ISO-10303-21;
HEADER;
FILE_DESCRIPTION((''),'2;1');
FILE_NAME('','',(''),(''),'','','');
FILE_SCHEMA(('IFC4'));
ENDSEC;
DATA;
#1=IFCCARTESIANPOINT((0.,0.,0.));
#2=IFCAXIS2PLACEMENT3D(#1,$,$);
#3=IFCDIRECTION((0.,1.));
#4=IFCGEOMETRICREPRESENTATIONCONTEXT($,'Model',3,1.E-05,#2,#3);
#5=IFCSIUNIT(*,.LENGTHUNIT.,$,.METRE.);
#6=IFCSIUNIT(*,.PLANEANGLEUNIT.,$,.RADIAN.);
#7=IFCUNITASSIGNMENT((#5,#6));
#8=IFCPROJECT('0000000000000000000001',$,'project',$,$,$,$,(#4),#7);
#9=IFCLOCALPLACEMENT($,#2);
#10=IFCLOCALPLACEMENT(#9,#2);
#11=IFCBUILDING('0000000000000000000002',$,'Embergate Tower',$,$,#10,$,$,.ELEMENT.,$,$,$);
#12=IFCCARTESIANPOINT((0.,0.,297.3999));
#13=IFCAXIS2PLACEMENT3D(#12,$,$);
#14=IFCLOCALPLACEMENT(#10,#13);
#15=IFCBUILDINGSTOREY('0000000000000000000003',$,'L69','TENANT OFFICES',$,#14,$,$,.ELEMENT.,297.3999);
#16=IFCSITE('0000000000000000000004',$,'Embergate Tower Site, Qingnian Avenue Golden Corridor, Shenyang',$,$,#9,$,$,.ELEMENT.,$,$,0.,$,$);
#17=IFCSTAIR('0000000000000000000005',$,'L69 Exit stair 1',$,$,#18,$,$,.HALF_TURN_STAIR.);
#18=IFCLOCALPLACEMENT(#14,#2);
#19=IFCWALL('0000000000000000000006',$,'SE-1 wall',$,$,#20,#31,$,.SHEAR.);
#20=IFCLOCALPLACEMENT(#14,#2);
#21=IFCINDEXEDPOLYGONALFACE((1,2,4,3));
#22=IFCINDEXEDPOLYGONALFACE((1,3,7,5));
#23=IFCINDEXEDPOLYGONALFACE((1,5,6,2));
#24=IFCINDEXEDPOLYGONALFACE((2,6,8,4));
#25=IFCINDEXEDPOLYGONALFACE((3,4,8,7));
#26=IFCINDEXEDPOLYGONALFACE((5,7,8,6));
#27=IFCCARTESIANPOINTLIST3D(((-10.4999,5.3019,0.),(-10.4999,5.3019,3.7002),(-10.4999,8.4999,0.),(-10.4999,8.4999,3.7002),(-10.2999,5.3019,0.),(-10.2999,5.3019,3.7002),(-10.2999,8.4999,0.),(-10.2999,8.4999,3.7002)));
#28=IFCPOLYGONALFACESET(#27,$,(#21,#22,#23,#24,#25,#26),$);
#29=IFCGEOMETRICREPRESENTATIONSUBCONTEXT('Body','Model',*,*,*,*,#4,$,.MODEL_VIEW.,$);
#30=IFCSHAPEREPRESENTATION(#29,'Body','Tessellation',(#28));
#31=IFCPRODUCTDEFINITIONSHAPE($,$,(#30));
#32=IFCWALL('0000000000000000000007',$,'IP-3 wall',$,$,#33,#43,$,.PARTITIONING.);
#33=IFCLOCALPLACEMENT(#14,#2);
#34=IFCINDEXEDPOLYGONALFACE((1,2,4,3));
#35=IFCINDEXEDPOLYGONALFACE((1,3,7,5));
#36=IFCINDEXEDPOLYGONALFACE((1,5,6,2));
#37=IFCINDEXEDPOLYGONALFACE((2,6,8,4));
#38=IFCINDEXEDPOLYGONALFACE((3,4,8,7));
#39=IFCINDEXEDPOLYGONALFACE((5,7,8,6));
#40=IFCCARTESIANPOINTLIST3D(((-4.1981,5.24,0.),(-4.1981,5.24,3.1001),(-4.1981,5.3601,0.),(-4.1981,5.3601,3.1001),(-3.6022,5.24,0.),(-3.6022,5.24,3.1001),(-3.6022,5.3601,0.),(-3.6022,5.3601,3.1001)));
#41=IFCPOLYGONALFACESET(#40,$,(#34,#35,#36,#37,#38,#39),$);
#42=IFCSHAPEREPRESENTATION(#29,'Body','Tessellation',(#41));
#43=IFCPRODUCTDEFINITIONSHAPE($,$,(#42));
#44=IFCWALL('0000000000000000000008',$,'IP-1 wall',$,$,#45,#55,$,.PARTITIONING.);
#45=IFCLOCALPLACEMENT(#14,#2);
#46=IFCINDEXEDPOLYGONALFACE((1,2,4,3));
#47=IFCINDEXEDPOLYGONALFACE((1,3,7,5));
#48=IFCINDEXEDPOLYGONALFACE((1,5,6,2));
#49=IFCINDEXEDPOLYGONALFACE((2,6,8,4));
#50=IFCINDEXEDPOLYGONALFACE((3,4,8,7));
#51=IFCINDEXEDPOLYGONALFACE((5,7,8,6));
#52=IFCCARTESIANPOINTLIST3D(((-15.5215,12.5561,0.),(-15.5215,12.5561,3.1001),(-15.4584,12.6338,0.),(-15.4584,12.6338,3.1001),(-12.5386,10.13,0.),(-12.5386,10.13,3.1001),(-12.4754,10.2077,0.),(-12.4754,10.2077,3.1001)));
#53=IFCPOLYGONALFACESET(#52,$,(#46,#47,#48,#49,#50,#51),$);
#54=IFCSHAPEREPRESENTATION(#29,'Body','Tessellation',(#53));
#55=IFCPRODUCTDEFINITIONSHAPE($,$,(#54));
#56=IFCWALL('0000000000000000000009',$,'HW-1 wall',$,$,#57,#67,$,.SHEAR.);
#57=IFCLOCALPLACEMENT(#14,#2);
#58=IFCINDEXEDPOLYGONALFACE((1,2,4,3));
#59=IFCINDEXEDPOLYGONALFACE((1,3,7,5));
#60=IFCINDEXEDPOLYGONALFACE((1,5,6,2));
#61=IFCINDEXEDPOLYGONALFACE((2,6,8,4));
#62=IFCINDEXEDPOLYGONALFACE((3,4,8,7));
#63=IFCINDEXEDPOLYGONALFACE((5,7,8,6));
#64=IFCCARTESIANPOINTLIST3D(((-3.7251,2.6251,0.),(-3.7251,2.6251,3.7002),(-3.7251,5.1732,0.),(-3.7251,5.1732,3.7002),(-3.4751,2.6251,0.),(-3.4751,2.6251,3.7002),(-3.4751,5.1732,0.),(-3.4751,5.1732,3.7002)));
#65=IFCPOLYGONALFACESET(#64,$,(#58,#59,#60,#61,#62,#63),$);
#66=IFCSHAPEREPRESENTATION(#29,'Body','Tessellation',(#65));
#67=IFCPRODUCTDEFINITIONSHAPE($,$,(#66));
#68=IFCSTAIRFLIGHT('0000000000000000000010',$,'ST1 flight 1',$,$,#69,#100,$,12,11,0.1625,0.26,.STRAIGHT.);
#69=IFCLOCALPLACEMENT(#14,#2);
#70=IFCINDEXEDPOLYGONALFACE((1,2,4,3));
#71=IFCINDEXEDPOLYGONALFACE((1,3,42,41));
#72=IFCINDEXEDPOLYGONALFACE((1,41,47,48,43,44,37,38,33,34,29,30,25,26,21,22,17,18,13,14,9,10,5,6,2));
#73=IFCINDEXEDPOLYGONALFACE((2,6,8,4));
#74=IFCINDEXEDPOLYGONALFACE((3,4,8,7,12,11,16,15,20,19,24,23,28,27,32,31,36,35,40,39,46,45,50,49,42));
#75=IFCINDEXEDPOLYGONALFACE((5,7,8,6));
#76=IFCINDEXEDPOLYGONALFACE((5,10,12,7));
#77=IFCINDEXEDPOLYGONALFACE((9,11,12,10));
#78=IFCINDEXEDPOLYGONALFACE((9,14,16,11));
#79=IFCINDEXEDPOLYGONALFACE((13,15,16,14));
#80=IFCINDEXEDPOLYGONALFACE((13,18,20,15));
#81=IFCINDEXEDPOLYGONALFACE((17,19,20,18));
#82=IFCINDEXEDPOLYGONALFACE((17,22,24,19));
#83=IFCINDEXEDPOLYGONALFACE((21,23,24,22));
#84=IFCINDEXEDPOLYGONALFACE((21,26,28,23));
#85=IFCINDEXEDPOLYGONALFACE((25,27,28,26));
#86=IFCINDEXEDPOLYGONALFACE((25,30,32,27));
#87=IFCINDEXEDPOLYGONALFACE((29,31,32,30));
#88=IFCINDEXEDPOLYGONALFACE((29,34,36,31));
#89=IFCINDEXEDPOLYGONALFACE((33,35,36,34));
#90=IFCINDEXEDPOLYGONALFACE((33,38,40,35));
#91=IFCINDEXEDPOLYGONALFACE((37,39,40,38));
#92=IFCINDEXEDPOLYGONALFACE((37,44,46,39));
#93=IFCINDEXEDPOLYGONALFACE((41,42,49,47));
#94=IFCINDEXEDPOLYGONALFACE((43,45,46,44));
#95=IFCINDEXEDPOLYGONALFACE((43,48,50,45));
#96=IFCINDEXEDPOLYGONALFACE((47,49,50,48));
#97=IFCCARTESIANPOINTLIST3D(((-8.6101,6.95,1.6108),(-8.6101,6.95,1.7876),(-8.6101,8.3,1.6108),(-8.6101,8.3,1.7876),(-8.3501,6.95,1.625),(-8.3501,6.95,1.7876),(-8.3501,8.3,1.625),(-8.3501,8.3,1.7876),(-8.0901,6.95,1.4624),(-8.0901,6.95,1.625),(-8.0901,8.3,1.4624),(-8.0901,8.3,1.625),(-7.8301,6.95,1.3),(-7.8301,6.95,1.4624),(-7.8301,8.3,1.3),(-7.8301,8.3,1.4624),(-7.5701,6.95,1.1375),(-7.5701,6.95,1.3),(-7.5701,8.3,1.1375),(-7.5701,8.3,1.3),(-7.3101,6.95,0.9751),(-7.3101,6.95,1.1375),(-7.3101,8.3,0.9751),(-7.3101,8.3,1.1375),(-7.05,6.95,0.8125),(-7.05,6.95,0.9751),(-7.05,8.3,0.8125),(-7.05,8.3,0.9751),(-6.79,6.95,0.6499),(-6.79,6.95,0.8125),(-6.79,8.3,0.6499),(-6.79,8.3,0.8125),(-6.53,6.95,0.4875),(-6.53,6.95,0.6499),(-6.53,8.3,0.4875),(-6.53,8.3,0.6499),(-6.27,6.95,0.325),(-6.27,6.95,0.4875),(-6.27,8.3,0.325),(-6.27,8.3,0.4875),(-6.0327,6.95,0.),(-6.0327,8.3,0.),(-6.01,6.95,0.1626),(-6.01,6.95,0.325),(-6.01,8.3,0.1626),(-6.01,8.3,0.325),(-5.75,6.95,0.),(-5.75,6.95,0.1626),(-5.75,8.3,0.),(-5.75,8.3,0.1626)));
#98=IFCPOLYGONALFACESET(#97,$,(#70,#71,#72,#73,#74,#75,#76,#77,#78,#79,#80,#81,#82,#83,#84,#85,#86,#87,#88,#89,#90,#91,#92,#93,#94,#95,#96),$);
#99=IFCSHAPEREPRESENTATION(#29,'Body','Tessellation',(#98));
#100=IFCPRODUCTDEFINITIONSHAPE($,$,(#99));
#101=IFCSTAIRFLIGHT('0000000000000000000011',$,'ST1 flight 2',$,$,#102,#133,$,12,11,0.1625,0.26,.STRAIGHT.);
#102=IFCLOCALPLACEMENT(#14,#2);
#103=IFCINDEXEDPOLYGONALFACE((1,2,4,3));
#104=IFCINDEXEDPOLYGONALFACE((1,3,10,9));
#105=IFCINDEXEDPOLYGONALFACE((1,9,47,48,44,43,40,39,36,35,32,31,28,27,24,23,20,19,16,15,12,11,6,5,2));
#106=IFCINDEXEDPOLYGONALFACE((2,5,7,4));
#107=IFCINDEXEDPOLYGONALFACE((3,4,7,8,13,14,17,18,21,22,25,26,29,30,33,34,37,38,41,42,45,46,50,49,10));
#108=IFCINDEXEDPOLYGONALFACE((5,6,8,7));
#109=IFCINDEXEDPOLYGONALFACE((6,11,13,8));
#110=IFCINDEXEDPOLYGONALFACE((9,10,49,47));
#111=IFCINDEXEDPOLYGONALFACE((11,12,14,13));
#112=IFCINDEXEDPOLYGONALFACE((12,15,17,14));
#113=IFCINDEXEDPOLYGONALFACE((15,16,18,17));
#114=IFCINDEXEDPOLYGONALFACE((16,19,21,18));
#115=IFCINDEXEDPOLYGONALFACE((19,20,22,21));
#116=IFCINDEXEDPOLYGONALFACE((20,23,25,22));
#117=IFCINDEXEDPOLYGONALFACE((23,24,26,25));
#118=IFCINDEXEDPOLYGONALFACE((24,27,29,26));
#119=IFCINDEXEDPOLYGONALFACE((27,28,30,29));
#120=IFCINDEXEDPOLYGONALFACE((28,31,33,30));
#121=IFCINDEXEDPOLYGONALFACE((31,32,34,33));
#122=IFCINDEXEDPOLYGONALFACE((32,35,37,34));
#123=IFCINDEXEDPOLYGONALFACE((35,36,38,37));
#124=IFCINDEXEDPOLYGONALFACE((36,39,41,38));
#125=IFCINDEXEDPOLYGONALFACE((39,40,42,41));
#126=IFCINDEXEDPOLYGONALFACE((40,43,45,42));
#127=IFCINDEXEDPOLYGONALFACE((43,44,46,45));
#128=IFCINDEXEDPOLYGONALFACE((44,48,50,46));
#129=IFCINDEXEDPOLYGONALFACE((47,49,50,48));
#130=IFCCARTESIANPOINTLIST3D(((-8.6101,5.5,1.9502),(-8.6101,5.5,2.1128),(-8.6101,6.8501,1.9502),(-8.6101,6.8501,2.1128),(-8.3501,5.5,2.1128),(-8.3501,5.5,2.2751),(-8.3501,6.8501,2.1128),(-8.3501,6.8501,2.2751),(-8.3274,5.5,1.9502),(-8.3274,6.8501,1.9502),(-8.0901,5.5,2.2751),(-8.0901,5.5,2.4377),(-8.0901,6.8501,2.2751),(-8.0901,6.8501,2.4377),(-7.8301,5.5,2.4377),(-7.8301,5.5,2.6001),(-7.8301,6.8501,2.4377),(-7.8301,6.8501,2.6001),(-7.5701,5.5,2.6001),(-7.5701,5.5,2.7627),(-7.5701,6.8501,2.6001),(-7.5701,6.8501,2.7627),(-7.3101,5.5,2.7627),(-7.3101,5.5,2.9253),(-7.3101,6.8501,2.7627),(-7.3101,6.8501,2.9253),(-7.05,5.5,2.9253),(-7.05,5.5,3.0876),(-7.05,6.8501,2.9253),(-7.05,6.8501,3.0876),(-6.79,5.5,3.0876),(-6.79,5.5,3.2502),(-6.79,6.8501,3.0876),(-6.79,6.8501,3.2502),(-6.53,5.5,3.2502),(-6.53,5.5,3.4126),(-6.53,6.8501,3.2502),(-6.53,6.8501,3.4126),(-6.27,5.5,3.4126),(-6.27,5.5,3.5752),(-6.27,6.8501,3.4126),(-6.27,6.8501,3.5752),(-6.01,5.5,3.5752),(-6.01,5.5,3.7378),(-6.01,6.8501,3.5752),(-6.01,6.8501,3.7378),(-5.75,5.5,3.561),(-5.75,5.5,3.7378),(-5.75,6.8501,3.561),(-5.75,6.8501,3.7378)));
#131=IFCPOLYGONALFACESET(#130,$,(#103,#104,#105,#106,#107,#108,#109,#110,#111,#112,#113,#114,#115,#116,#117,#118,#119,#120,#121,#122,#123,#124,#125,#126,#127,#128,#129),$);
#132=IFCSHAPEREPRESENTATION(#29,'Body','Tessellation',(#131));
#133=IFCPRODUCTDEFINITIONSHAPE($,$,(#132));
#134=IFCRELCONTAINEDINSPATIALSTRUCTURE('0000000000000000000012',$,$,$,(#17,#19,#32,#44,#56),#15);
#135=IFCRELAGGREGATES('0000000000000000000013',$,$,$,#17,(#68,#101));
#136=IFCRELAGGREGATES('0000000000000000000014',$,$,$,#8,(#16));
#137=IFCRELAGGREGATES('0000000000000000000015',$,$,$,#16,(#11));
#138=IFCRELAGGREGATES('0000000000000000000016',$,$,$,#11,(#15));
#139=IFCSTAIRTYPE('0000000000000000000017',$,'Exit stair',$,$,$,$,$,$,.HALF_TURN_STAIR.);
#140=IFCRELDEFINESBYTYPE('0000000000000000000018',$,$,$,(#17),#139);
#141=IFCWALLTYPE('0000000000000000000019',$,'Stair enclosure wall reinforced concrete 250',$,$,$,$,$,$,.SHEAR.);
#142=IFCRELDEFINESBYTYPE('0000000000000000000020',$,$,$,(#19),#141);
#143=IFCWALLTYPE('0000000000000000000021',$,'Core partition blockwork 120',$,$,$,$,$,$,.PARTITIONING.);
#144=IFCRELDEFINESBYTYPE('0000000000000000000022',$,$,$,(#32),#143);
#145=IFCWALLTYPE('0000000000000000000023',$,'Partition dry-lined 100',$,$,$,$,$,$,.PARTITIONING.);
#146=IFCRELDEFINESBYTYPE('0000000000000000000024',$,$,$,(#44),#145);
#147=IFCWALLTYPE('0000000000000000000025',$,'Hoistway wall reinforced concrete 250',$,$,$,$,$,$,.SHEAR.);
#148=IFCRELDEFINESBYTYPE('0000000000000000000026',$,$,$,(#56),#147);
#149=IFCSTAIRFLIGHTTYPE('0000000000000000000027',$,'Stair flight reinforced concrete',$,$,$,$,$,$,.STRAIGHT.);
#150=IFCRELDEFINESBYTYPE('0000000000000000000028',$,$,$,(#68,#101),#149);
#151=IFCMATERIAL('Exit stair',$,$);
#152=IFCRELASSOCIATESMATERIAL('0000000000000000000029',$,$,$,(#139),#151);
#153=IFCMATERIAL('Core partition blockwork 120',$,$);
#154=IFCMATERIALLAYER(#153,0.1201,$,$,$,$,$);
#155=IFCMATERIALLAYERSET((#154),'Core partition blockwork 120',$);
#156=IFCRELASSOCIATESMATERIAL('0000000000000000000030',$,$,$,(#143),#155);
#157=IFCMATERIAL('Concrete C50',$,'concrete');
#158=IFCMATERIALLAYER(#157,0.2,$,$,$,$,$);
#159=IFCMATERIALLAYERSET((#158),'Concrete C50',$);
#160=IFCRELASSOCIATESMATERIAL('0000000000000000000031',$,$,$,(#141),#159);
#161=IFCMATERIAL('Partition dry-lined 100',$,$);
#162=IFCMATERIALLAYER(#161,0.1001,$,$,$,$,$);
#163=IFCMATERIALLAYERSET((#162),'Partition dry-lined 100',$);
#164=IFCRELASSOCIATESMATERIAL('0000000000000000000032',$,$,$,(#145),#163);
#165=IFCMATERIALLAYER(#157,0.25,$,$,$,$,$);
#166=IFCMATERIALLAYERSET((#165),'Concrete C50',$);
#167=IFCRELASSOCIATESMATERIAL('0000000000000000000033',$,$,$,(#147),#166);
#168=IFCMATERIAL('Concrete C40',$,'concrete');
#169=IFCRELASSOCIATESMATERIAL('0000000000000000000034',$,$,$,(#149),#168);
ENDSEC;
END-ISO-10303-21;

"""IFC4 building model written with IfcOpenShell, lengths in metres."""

from ifc_helpers import new_model, si_unit, direction, frame, frame_2d, origin, place, context, subcontext, project, spatial, polyline, rectangle, outline, extrude, source, transform, mapped, material, layer, layer_set, type_object, element, aggregate, save


model = new_model("IFC4")

# Units and contexts
model_context = context("Model", 3, precision=1e-05, world=origin(), true_north=direction((0.0, 1.0)))
body_context = subcontext(model_context, "Body", "Model", "MODEL_VIEW")
ifc_project = project(units=[si_unit("LENGTHUNIT", "METRE"), si_unit("PLANEANGLEUNIT", "RADIAN")], contexts=[model_context])

# Site, building, storey
site_placement = place(None, origin())
site = spatial("IfcSite", under=ifc_project, at=site_placement, Name="Embergate Tower Site, Qingnian Avenue Golden Corridor, Shenyang", CompositionType="ELEMENT", RefElevation=0.0)
building_placement = place(site_placement, origin())
building = spatial("IfcBuilding", under=site, at=building_placement, Name="Embergate Tower", CompositionType="ELEMENT")
storey_placement = place(building_placement, frame((0.0, 0.0, 297.3999)))
storey = spatial("IfcBuildingStorey", under=building, at=storey_placement, Name="L69", Description="TENANT OFFICES", CompositionType="ELEMENT", Elevation=297.3999)

# Stair
ifc_material_1 = material(Name="Exit stair")
stair_type = type_object("IfcStairType", Name="Exit stair", PredefinedType="HALF_TURN_STAIR", material=ifc_material_1)
stair_placement = place(storey_placement, origin())
stair = element("IfcStair", 1, at=stair_placement, inside=storey, type_object=stair_type, Name="L69 Exit stair 1", PredefinedType="HALF_TURN_STAIR")
ifc_material_2 = material(Name="Concrete C40", Category="concrete")

# Shared definitions
ifc_material_3 = material(Name="Concrete C50", Category="concrete")

# Shared definitions
ifc_material_4 = material(Name="Core partition blockwork 120")
ifc_layer_1 = layer(ifc_material_4, 0.1201)
ifc_layer_set_1 = layer_set([ifc_layer_1], Name="Core partition blockwork 120")
wall_type_1 = type_object("IfcWallType", Name="Core partition blockwork 120", PredefinedType="PARTITIONING", material=ifc_layer_set_1)

# Shared definitions
ifc_layer_2 = layer(ifc_material_3, 0.2)
ifc_layer_set_2 = layer_set([ifc_layer_2], Name="Concrete C50")
wall_type_2 = type_object("IfcWallType", Name="Stair enclosure wall reinforced concrete 250", PredefinedType="SHEAR", material=ifc_layer_set_2)

# Walls
shared_shape_1 = source(origin(), body_context, "Body", "SweptSolid", [
    extrude(rectangle(XDim=3.198, YDim=0.2, at=frame_2d((1.5991, 0.0))), origin(), (0.0, 0.0, 1.0), 3.7002),
])
wall_1_placement = place(storey_placement, frame((-10.3999, 8.5, 0.0), z_axis=(0.0, 0.0, 1.0), x_axis=(0.0, -1.0, 0.0)))
element("IfcWall", 2, at=wall_1_placement, inside=storey, type_object=wall_type_2, Name="SE-1 wall", PredefinedType="SHEAR", context=body_context, shape_type="MappedRepresentation", body=[
    mapped(shared_shape_1, transform((0.0, 0.0, 0.0))),
])
shared_shape_2 = source(origin(), body_context, "Body", "SweptSolid", [
    extrude(rectangle(XDim=0.5959, YDim=0.1201, at=frame_2d((0.2979, 0.0))), origin(), (0.0, 0.0, 1.0), 3.1001),
])
wall_2_placement = place(storey_placement, frame((-4.198, 5.3, 0.0), z_axis=(0.0, 0.0, 1.0), x_axis=(1.0, 0.0, 0.0)))
element("IfcWall", 3, at=wall_2_placement, inside=storey, type_object=wall_type_1, Name="IP-3 wall", PredefinedType="PARTITIONING", context=body_context, shape_type="MappedRepresentation", body=[
    mapped(shared_shape_2, transform((0.0, 0.0, 0.0))),
])
ifc_material_5 = material(Name="Partition dry-lined 100")
ifc_layer_3 = layer(ifc_material_5, 0.1001)
ifc_layer_set_3 = layer_set([ifc_layer_3], Name="Partition dry-lined 100")
wall_type_3 = type_object("IfcWallType", Name="Partition dry-lined 100", PredefinedType="PARTITIONING", material=ifc_layer_set_3)
shared_shape_3 = source(origin(), body_context, "Body", "SweptSolid", [
    extrude(rectangle(XDim=3.845, YDim=0.1001, at=frame_2d((1.9224, 0.0))), origin(), (0.0, 0.0, 1.0), 3.1001),
])
wall_3_placement = place(storey_placement, frame((-12.5071, 10.1689, 0.0), z_axis=(0.0, 0.0, 1.0), x_axis=(-0.775807, 0.63097, 0.0)))
element("IfcWall", 4, at=wall_3_placement, inside=storey, type_object=wall_type_3, Name="IP-1 wall", PredefinedType="PARTITIONING", context=body_context, shape_type="MappedRepresentation", body=[
    mapped(shared_shape_3, transform((0.0, 0.0, 0.0))),
])
ifc_layer_4 = layer(ifc_material_3, 0.25)
ifc_layer_set_4 = layer_set([ifc_layer_4], Name="Concrete C50")
wall_type_4 = type_object("IfcWallType", Name="Hoistway wall reinforced concrete 250", PredefinedType="SHEAR", material=ifc_layer_set_4)
shared_shape_4 = source(origin(), body_context, "Body", "SweptSolid", [
    extrude(rectangle(XDim=2.5481, YDim=0.25, at=frame_2d((1.2739, 0.0))), origin(), (0.0, 0.0, 1.0), 3.7002),
])
wall_4_placement = place(storey_placement, frame((-3.6001, 5.1731, 0.0), z_axis=(0.0, 0.0, 1.0), x_axis=(0.0, -1.0, 0.0)))
element("IfcWall", 5, at=wall_4_placement, inside=storey, type_object=wall_type_4, Name="HW-1 wall", PredefinedType="SHEAR", context=body_context, shape_type="MappedRepresentation", body=[
    mapped(shared_shape_4, transform((0.0, 0.0, 0.0))),
])

# Stair flights
stair_flight_type = type_object("IfcStairFlightType", Name="Stair flight reinforced concrete", PredefinedType="STRAIGHT", material=ifc_material_2)
shared_shape_5 = source(origin(), body_context, "Body", "SweptSolid", [
    extrude(outline(polyline([(0.0, 0.0), (0.0, 0.1626), (0.26, 0.1626), (0.26, 0.325), (0.52, 0.325), (0.52, 0.4875), (0.78, 0.4875), (0.78, 0.6499), (1.04, 0.6499), (1.04, 0.8125), (1.3, 0.8125), (1.3, 0.9751), (1.5601, 0.9751), (1.5601, 1.1375), (1.8201, 1.1375), (1.8201, 1.3), (2.0801, 1.3), (2.0801, 1.4624), (2.3401, 1.4624), (2.3401, 1.625), (2.6001, 1.625), (2.6001, 1.7876), (2.8601, 1.7876), (2.8601, 1.95), (2.8601, 1.6108), (0.2827, 0.0), (0.0, 0.0)])), frame((0.0, 0.675, 0.0), z_axis=(0.0, -1.0, 0.0), x_axis=(1.0, 0.0, 0.0)), (0.0, 0.0, 1.0), 1.3501),
])
stair_flight_1_placement = place(storey_placement, frame((-5.75, 7.625, 0.0), z_axis=(0.0, 0.0, 1.0), x_axis=(-1.0, 0.0, 0.0)))
stair_flight_1 = element("IfcStairFlight", 6, at=stair_flight_1_placement, type_object=stair_flight_type, Name="ST1 flight 1", NumberOfRisers=12, NumberOfTreads=11, PredefinedType="STRAIGHT", RiserHeight=0.1625, TreadLength=0.26, context=body_context, shape_type="MappedRepresentation", body=[
    mapped(shared_shape_5, transform((0.0, 0.0, 0.0))),
])
stair_flight_2_placement = place(storey_placement, frame((-8.6101, 6.175, 1.9502), z_axis=(0.0, 0.0, 1.0), x_axis=(1.0, 0.0, 0.0)))
stair_flight_2 = element("IfcStairFlight", 7, at=stair_flight_2_placement, type_object=stair_flight_type, Name="ST1 flight 2", NumberOfRisers=12, NumberOfTreads=11, PredefinedType="STRAIGHT", RiserHeight=0.1625, TreadLength=0.26, context=body_context, shape_type="MappedRepresentation", body=[
    mapped(shared_shape_5, transform((0.0, 0.0, 0.0))),
])
aggregate(stair, [stair_flight_1, stair_flight_2])

save(model, "model.ifc")
